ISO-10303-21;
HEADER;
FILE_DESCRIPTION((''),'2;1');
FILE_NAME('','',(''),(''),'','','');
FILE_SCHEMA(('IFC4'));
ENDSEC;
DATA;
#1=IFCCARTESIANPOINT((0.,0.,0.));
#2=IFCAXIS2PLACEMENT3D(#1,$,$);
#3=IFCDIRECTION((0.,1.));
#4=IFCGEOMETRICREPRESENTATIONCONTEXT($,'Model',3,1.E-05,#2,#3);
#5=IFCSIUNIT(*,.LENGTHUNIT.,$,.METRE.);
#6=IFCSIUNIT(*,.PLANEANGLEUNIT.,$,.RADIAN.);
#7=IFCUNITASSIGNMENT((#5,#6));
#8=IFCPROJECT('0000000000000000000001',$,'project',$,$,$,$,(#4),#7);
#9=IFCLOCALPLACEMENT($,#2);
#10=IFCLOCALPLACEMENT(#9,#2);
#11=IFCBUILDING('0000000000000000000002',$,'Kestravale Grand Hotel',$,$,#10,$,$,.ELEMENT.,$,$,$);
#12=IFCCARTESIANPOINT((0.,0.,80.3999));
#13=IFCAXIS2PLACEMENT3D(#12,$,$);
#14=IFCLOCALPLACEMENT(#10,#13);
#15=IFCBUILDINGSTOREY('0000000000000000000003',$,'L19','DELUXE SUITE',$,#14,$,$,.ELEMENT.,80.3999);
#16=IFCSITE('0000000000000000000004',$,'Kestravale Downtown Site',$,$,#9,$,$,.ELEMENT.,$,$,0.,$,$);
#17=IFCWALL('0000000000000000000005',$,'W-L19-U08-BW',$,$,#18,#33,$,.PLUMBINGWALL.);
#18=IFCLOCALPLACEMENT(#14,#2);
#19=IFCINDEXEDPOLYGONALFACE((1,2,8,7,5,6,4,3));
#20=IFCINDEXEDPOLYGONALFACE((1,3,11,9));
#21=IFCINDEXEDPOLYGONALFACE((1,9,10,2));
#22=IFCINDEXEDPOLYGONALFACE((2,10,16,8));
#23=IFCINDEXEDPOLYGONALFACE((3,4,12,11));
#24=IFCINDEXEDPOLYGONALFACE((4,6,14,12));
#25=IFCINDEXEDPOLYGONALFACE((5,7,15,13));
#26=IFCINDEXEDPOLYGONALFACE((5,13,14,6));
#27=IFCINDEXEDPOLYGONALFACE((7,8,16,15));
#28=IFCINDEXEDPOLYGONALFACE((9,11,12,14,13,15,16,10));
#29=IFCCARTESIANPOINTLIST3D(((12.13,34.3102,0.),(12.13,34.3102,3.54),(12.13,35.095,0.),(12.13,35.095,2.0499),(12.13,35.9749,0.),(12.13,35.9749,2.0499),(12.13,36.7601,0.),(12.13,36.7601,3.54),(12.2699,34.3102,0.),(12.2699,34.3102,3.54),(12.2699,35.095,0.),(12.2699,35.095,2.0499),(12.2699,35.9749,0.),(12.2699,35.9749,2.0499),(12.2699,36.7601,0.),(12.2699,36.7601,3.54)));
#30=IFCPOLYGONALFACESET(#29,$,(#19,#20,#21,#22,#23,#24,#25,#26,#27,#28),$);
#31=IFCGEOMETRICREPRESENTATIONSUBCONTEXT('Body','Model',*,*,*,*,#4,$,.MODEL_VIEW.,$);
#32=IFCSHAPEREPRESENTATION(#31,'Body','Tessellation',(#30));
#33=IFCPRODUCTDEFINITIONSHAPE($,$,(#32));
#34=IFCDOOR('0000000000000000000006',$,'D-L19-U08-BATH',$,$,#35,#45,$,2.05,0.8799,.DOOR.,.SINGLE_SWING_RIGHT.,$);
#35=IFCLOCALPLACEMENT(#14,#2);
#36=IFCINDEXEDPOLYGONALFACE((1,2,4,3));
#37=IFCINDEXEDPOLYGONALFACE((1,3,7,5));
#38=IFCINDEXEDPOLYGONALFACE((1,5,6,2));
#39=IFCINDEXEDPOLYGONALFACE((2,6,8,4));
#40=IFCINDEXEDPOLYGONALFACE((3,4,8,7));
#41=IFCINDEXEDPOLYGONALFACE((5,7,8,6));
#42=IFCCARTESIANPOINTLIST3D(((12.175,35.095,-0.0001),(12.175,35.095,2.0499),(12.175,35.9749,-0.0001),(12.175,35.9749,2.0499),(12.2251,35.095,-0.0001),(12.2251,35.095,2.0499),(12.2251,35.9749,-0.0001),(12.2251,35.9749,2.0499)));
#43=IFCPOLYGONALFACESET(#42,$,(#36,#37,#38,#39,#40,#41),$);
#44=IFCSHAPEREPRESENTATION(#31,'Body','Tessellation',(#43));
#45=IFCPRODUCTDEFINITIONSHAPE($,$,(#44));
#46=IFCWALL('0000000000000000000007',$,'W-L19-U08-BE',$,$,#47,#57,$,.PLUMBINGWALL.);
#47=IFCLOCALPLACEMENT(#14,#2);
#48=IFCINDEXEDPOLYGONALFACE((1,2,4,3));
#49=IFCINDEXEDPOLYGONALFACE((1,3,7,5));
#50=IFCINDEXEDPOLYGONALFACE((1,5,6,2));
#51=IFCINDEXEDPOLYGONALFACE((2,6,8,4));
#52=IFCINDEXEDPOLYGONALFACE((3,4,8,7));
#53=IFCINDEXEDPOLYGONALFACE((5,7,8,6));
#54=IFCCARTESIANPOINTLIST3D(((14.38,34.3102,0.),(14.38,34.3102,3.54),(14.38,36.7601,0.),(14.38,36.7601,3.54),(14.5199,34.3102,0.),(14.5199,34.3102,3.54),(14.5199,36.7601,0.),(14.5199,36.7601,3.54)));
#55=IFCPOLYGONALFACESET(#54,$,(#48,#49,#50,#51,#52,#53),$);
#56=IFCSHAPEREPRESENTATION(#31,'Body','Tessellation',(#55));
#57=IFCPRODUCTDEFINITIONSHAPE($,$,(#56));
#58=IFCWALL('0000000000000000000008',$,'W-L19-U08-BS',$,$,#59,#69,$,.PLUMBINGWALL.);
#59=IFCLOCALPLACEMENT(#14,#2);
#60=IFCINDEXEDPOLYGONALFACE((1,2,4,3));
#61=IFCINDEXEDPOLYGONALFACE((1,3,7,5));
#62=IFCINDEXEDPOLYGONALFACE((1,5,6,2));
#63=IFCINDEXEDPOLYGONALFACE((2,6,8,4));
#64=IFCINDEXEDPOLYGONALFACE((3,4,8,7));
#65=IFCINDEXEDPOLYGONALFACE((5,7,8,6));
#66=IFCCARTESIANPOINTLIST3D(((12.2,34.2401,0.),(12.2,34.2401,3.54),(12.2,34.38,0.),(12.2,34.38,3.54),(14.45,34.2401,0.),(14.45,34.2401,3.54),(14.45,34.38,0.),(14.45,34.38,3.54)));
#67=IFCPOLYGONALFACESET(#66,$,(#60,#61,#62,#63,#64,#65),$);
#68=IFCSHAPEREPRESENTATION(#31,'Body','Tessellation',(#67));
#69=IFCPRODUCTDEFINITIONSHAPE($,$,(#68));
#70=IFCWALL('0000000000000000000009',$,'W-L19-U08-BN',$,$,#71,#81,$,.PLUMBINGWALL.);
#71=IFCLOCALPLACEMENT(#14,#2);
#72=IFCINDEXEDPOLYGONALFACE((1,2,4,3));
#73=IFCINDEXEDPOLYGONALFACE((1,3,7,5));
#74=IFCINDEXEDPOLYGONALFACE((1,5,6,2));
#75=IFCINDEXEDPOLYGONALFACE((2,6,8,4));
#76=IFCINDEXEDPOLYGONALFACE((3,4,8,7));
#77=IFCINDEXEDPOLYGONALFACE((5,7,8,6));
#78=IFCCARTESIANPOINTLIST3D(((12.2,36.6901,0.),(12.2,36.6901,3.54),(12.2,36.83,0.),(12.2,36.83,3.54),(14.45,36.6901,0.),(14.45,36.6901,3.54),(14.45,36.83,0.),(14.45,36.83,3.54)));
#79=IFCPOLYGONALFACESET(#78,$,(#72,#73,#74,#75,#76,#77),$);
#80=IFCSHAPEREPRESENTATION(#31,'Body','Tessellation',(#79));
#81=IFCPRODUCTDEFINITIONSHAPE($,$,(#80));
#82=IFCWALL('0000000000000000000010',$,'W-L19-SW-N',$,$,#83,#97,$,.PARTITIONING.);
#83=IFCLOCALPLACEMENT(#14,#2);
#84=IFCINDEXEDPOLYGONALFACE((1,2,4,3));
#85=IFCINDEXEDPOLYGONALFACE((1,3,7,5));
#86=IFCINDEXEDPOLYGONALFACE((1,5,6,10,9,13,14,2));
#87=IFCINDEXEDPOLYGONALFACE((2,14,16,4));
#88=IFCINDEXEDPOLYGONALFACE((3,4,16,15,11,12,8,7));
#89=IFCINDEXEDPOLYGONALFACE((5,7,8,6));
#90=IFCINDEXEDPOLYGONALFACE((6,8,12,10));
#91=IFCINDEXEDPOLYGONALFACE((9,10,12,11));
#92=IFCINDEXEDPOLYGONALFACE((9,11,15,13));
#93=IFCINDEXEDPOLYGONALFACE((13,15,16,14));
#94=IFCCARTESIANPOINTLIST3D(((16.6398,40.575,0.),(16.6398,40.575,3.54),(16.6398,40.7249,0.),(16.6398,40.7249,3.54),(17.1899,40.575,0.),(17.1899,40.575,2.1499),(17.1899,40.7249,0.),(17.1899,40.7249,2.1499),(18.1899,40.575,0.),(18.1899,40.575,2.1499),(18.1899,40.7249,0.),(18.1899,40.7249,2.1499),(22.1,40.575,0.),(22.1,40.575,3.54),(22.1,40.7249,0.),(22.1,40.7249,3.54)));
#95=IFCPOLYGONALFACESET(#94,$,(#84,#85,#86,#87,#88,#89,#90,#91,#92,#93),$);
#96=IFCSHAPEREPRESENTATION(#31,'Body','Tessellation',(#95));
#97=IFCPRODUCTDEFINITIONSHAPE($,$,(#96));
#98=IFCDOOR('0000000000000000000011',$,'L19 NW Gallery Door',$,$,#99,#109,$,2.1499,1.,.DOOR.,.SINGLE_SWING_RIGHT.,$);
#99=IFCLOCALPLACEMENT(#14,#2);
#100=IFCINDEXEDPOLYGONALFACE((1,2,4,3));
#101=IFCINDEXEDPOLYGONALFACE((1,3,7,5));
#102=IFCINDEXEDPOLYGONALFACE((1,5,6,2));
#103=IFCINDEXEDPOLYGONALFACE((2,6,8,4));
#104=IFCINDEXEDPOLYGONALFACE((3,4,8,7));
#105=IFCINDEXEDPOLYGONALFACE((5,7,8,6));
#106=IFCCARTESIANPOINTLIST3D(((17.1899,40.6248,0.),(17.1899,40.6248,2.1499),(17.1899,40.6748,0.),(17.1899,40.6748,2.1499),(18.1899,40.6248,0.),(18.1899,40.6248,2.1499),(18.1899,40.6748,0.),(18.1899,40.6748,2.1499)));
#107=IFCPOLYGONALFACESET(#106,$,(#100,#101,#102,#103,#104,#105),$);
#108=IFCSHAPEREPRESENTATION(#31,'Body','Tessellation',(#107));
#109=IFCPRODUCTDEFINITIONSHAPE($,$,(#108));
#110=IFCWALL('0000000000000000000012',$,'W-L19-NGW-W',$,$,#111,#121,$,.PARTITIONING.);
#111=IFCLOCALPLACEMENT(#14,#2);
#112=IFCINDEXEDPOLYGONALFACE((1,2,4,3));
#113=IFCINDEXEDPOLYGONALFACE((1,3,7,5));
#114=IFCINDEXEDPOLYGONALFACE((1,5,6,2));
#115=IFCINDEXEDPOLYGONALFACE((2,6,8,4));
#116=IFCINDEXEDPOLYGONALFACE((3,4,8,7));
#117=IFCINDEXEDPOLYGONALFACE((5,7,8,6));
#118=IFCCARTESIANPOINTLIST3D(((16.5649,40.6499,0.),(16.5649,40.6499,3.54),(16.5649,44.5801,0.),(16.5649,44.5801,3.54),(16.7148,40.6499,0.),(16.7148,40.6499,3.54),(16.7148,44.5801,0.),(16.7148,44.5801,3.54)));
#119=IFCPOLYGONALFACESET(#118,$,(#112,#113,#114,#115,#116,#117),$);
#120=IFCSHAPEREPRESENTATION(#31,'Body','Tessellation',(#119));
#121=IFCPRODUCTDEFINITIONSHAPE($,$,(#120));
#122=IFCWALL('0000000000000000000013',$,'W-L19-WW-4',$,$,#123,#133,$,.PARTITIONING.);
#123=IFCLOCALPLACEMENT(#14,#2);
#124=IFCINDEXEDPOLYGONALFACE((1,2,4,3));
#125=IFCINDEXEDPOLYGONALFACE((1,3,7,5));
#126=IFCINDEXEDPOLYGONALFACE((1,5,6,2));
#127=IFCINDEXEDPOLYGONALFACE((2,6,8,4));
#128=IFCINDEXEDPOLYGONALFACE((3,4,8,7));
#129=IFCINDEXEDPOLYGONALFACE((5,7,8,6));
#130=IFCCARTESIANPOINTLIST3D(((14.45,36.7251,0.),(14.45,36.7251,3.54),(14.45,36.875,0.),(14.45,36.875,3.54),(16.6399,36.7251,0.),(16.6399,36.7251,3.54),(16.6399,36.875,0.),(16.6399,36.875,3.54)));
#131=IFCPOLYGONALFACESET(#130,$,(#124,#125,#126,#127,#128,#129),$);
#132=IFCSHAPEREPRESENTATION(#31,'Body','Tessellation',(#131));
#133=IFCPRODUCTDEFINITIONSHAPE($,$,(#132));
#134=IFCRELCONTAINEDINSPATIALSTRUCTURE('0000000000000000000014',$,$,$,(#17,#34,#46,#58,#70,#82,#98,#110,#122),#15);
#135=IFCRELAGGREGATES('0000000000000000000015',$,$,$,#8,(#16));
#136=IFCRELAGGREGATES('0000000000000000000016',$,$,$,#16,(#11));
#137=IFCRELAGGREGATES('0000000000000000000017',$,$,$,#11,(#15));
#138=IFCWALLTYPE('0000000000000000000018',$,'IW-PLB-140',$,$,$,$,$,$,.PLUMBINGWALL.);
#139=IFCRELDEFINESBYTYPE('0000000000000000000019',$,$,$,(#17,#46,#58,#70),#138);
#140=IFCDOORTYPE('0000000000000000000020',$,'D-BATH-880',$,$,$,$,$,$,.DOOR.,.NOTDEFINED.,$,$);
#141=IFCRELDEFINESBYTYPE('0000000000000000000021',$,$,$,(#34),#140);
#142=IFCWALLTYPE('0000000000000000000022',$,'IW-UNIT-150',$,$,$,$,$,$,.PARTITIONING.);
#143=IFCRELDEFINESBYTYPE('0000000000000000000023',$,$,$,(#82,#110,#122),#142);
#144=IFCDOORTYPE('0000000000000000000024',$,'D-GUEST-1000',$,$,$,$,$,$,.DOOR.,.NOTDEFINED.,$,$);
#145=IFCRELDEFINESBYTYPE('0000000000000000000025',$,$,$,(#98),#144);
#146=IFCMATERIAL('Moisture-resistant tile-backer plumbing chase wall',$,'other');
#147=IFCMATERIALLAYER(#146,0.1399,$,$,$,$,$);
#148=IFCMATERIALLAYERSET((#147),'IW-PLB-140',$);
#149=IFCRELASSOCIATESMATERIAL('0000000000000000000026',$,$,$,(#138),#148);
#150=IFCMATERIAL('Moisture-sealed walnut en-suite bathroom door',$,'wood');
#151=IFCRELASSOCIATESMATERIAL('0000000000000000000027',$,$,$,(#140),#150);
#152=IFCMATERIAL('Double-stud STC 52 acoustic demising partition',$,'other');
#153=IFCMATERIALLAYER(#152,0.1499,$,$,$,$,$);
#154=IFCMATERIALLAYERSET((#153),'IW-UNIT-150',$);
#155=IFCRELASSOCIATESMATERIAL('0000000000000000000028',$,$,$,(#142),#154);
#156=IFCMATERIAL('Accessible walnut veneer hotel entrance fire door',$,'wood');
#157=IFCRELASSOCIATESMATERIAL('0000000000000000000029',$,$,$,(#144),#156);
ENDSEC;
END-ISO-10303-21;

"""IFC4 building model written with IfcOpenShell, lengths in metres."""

from ifc_helpers import new_model, si_unit, direction, frame, frame_2d, origin, place, context, subcontext, project, spatial, rectangle, extrude, material, layer, layer_set, type_object, element, fill, save


model = new_model("IFC4")

# Units and contexts
model_context = context("Model", 3, precision=1e-05, world=origin(), true_north=direction((0.0, 1.0)))
body_context = subcontext(model_context, "Body", "Model", "MODEL_VIEW")
ifc_project = project(units=[si_unit("LENGTHUNIT", "METRE"), si_unit("PLANEANGLEUNIT", "RADIAN")], contexts=[model_context])

# Site, building, storey
site_placement = place(None, origin())
site = spatial("IfcSite", under=ifc_project, at=site_placement, Name="Kestravale Downtown Site", CompositionType="ELEMENT", RefElevation=0.0)
building_placement = place(site_placement, origin())
building = spatial("IfcBuilding", under=site, at=building_placement, Name="Kestravale Grand Hotel", CompositionType="ELEMENT")
storey_placement = place(building_placement, frame((0.0, 0.0, 80.3999)))
storey = spatial("IfcBuildingStorey", under=building, at=storey_placement, Name="L19", Description="DELUXE SUITE", CompositionType="ELEMENT", Elevation=80.3999)

# Wall, opening, door
ifc_material_1 = material(Name="Moisture-resistant tile-backer plumbing chase wall", Category="other")
ifc_layer_1 = layer(ifc_material_1, 0.1399)
ifc_layer_set_1 = layer_set([ifc_layer_1], Name="IW-PLB-140")
wall_type_1 = type_object("IfcWallType", Name="IW-PLB-140", PredefinedType="PLUMBINGWALL", material=ifc_layer_set_1)
wall_1_placement = place(storey_placement, frame((12.2, 34.3101, 0.0), z_axis=(0.0, 0.0, 1.0), x_axis=(0.0, 1.0, 0.0)))
wall_1 = element("IfcWall", 1, at=wall_1_placement, inside=storey, type_object=wall_type_1, Name="W-L19-U08-BW", PredefinedType="PLUMBINGWALL", context=body_context, shape_type="SweptSolid", body=[
    extrude(rectangle(XDim=2.45, YDim=0.1399, at=frame_2d((1.2251, 0.0))), origin(), (0.0, 0.0, 1.0), 3.54),
])
opening_1_placement = place(wall_1_placement, frame((0.7849, 0.0, 0.0)))
opening_1 = element("IfcOpeningElement", 2, at=opening_1_placement, cuts=wall_1, PredefinedType="OPENING", context=body_context, shape_type="SweptSolid", body=[
    extrude(rectangle(XDim=0.8799, YDim=2.05, at=frame_2d((0.4399, 1.0249))), frame((0.0, 0.0798, 0.0), z_axis=(0.0, -1.0, 0.0), x_axis=(1.0, 0.0, 0.0)), (0.0, 0.0, 1.0), 0.1599),
])
ifc_material_2 = material(Name="Moisture-sealed walnut en-suite bathroom door", Category="wood")
door_type_1 = type_object("IfcDoorType", Name="D-BATH-880", OperationType="NOTDEFINED", PredefinedType="DOOR", material=ifc_material_2)
door_1_placement = place(opening_1_placement, origin())
door_1 = element("IfcDoor", 3, at=door_1_placement, inside=storey, type_object=door_type_1, Name="D-L19-U08-BATH", OperationType="SINGLE_SWING_RIGHT", OverallHeight=2.05, OverallWidth=0.8799, PredefinedType="DOOR", context=body_context, shape_type="SweptSolid", body=[
    extrude(rectangle(XDim=0.8799, YDim=2.05, at=frame_2d((0.4399, 1.0249))), frame((0.0, 0.0249, 0.0), z_axis=(0.0, -1.0, 0.0), x_axis=(1.0, 0.0, 0.0)), (0.0, 0.0, 1.0), 0.05),
])
fill(opening_1, door_1)

# Walls
wall_2_placement = place(storey_placement, frame((14.45, 34.3101, 0.0), z_axis=(0.0, 0.0, 1.0), x_axis=(0.0, 1.0, 0.0)))
element("IfcWall", 4, at=wall_2_placement, inside=storey, type_object=wall_type_1, Name="W-L19-U08-BE", PredefinedType="PLUMBINGWALL", context=body_context, shape_type="SweptSolid", body=[
    extrude(rectangle(XDim=2.45, YDim=0.1399, at=frame_2d((1.2251, 0.0))), origin(), (0.0, 0.0, 1.0), 3.54),
])
for number, where, z_axis, x_axis, name in (
    (5, (12.2, 34.3101, 0.0), (0.0, 0.0, 1.0), (1.0, 0.0, 0.0), "W-L19-U08-BS"),
    (6, (12.2, 36.76, 0.0), (0.0, 0.0, 1.0), (1.0, 0.0, 0.0), "W-L19-U08-BN"),
):
    element("IfcWall", number, at=place(storey_placement, frame(where, z_axis=z_axis, x_axis=x_axis)), inside=storey, type_object=wall_type_1, Name=name, PredefinedType="PLUMBINGWALL", context=body_context, shape_type="SweptSolid", body=[
        extrude(rectangle(XDim=2.25, YDim=0.1399, at=frame_2d((1.125, 0.0))), origin(), (0.0, 0.0, 1.0), 3.54),
    ])

# Wall, opening, door
ifc_material_3 = material(Name="Double-stud STC 52 acoustic demising partition", Category="other")
ifc_layer_2 = layer(ifc_material_3, 0.1499)
ifc_layer_set_2 = layer_set([ifc_layer_2], Name="IW-UNIT-150")
wall_type_2 = type_object("IfcWallType", Name="IW-UNIT-150", PredefinedType="PARTITIONING", material=ifc_layer_set_2)
wall_3_placement = place(storey_placement, frame((16.6399, 40.6499, 0.0), z_axis=(0.0, 0.0, 1.0), x_axis=(1.0, 0.0, 0.0)))
wall_3 = element("IfcWall", 7, at=wall_3_placement, inside=storey, type_object=wall_type_2, Name="W-L19-SW-N", PredefinedType="PARTITIONING", context=body_context, shape_type="SweptSolid", body=[
    extrude(rectangle(XDim=5.4602, YDim=0.1499, at=frame_2d((2.73, 0.0))), origin(), (0.0, 0.0, 1.0), 3.54),
])
opening_2_placement = place(wall_3_placement, frame((0.55, 0.0, 0.0)))
opening_2 = element("IfcOpeningElement", 8, at=opening_2_placement, cuts=wall_3, PredefinedType="OPENING", context=body_context, shape_type="SweptSolid", body=[
    extrude(rectangle(XDim=1.0, YDim=2.1499, at=frame_2d((0.5, 1.075))), frame((0.0, 0.085, 0.0), z_axis=(0.0, -1.0, 0.0), x_axis=(1.0, 0.0, 0.0)), (0.0, 0.0, 1.0), 0.1699),
])
ifc_material_4 = material(Name="Accessible walnut veneer hotel entrance fire door", Category="wood")
door_type_2 = type_object("IfcDoorType", Name="D-GUEST-1000", OperationType="NOTDEFINED", PredefinedType="DOOR", material=ifc_material_4)
door_2_placement = place(opening_2_placement, origin())
door_2 = element("IfcDoor", 9, at=door_2_placement, inside=storey, type_object=door_type_2, Name="L19 NW Gallery Door", OperationType="SINGLE_SWING_RIGHT", OverallHeight=2.1499, OverallWidth=1.0, PredefinedType="DOOR", context=body_context, shape_type="SweptSolid", body=[
    extrude(rectangle(XDim=1.0, YDim=2.1499, at=frame_2d((0.5, 1.075))), frame((0.0, 0.0249, 0.0), z_axis=(0.0, -1.0, 0.0), x_axis=(1.0, 0.0, 0.0)), (0.0, 0.0, 1.0), 0.05),
])
fill(opening_2, door_2)

# Walls
wall_4_placement = place(storey_placement, frame((16.6399, 40.6499, 0.0), z_axis=(0.0, 0.0, 1.0), x_axis=(0.0, 1.0, 0.0)))
element("IfcWall", 10, at=wall_4_placement, inside=storey, type_object=wall_type_2, Name="W-L19-NGW-W", PredefinedType="PARTITIONING", context=body_context, shape_type="SweptSolid", body=[
    extrude(rectangle(XDim=3.9302, YDim=0.1499, at=frame_2d((1.9651, 0.0))), origin(), (0.0, 0.0, 1.0), 3.54),
])
wall_5_placement = place(storey_placement, frame((14.45, 36.8, 0.0), z_axis=(0.0, 0.0, 1.0), x_axis=(1.0, 0.0, 0.0)))
element("IfcWall", 11, at=wall_5_placement, inside=storey, type_object=wall_type_2, Name="W-L19-WW-4", PredefinedType="PARTITIONING", context=body_context, shape_type="SweptSolid", body=[
    extrude(rectangle(XDim=2.1899, YDim=0.1499, at=frame_2d((1.095, 0.0))), origin(), (0.0, 0.0, 1.0), 3.54),
])

save(model, "model.ifc")
